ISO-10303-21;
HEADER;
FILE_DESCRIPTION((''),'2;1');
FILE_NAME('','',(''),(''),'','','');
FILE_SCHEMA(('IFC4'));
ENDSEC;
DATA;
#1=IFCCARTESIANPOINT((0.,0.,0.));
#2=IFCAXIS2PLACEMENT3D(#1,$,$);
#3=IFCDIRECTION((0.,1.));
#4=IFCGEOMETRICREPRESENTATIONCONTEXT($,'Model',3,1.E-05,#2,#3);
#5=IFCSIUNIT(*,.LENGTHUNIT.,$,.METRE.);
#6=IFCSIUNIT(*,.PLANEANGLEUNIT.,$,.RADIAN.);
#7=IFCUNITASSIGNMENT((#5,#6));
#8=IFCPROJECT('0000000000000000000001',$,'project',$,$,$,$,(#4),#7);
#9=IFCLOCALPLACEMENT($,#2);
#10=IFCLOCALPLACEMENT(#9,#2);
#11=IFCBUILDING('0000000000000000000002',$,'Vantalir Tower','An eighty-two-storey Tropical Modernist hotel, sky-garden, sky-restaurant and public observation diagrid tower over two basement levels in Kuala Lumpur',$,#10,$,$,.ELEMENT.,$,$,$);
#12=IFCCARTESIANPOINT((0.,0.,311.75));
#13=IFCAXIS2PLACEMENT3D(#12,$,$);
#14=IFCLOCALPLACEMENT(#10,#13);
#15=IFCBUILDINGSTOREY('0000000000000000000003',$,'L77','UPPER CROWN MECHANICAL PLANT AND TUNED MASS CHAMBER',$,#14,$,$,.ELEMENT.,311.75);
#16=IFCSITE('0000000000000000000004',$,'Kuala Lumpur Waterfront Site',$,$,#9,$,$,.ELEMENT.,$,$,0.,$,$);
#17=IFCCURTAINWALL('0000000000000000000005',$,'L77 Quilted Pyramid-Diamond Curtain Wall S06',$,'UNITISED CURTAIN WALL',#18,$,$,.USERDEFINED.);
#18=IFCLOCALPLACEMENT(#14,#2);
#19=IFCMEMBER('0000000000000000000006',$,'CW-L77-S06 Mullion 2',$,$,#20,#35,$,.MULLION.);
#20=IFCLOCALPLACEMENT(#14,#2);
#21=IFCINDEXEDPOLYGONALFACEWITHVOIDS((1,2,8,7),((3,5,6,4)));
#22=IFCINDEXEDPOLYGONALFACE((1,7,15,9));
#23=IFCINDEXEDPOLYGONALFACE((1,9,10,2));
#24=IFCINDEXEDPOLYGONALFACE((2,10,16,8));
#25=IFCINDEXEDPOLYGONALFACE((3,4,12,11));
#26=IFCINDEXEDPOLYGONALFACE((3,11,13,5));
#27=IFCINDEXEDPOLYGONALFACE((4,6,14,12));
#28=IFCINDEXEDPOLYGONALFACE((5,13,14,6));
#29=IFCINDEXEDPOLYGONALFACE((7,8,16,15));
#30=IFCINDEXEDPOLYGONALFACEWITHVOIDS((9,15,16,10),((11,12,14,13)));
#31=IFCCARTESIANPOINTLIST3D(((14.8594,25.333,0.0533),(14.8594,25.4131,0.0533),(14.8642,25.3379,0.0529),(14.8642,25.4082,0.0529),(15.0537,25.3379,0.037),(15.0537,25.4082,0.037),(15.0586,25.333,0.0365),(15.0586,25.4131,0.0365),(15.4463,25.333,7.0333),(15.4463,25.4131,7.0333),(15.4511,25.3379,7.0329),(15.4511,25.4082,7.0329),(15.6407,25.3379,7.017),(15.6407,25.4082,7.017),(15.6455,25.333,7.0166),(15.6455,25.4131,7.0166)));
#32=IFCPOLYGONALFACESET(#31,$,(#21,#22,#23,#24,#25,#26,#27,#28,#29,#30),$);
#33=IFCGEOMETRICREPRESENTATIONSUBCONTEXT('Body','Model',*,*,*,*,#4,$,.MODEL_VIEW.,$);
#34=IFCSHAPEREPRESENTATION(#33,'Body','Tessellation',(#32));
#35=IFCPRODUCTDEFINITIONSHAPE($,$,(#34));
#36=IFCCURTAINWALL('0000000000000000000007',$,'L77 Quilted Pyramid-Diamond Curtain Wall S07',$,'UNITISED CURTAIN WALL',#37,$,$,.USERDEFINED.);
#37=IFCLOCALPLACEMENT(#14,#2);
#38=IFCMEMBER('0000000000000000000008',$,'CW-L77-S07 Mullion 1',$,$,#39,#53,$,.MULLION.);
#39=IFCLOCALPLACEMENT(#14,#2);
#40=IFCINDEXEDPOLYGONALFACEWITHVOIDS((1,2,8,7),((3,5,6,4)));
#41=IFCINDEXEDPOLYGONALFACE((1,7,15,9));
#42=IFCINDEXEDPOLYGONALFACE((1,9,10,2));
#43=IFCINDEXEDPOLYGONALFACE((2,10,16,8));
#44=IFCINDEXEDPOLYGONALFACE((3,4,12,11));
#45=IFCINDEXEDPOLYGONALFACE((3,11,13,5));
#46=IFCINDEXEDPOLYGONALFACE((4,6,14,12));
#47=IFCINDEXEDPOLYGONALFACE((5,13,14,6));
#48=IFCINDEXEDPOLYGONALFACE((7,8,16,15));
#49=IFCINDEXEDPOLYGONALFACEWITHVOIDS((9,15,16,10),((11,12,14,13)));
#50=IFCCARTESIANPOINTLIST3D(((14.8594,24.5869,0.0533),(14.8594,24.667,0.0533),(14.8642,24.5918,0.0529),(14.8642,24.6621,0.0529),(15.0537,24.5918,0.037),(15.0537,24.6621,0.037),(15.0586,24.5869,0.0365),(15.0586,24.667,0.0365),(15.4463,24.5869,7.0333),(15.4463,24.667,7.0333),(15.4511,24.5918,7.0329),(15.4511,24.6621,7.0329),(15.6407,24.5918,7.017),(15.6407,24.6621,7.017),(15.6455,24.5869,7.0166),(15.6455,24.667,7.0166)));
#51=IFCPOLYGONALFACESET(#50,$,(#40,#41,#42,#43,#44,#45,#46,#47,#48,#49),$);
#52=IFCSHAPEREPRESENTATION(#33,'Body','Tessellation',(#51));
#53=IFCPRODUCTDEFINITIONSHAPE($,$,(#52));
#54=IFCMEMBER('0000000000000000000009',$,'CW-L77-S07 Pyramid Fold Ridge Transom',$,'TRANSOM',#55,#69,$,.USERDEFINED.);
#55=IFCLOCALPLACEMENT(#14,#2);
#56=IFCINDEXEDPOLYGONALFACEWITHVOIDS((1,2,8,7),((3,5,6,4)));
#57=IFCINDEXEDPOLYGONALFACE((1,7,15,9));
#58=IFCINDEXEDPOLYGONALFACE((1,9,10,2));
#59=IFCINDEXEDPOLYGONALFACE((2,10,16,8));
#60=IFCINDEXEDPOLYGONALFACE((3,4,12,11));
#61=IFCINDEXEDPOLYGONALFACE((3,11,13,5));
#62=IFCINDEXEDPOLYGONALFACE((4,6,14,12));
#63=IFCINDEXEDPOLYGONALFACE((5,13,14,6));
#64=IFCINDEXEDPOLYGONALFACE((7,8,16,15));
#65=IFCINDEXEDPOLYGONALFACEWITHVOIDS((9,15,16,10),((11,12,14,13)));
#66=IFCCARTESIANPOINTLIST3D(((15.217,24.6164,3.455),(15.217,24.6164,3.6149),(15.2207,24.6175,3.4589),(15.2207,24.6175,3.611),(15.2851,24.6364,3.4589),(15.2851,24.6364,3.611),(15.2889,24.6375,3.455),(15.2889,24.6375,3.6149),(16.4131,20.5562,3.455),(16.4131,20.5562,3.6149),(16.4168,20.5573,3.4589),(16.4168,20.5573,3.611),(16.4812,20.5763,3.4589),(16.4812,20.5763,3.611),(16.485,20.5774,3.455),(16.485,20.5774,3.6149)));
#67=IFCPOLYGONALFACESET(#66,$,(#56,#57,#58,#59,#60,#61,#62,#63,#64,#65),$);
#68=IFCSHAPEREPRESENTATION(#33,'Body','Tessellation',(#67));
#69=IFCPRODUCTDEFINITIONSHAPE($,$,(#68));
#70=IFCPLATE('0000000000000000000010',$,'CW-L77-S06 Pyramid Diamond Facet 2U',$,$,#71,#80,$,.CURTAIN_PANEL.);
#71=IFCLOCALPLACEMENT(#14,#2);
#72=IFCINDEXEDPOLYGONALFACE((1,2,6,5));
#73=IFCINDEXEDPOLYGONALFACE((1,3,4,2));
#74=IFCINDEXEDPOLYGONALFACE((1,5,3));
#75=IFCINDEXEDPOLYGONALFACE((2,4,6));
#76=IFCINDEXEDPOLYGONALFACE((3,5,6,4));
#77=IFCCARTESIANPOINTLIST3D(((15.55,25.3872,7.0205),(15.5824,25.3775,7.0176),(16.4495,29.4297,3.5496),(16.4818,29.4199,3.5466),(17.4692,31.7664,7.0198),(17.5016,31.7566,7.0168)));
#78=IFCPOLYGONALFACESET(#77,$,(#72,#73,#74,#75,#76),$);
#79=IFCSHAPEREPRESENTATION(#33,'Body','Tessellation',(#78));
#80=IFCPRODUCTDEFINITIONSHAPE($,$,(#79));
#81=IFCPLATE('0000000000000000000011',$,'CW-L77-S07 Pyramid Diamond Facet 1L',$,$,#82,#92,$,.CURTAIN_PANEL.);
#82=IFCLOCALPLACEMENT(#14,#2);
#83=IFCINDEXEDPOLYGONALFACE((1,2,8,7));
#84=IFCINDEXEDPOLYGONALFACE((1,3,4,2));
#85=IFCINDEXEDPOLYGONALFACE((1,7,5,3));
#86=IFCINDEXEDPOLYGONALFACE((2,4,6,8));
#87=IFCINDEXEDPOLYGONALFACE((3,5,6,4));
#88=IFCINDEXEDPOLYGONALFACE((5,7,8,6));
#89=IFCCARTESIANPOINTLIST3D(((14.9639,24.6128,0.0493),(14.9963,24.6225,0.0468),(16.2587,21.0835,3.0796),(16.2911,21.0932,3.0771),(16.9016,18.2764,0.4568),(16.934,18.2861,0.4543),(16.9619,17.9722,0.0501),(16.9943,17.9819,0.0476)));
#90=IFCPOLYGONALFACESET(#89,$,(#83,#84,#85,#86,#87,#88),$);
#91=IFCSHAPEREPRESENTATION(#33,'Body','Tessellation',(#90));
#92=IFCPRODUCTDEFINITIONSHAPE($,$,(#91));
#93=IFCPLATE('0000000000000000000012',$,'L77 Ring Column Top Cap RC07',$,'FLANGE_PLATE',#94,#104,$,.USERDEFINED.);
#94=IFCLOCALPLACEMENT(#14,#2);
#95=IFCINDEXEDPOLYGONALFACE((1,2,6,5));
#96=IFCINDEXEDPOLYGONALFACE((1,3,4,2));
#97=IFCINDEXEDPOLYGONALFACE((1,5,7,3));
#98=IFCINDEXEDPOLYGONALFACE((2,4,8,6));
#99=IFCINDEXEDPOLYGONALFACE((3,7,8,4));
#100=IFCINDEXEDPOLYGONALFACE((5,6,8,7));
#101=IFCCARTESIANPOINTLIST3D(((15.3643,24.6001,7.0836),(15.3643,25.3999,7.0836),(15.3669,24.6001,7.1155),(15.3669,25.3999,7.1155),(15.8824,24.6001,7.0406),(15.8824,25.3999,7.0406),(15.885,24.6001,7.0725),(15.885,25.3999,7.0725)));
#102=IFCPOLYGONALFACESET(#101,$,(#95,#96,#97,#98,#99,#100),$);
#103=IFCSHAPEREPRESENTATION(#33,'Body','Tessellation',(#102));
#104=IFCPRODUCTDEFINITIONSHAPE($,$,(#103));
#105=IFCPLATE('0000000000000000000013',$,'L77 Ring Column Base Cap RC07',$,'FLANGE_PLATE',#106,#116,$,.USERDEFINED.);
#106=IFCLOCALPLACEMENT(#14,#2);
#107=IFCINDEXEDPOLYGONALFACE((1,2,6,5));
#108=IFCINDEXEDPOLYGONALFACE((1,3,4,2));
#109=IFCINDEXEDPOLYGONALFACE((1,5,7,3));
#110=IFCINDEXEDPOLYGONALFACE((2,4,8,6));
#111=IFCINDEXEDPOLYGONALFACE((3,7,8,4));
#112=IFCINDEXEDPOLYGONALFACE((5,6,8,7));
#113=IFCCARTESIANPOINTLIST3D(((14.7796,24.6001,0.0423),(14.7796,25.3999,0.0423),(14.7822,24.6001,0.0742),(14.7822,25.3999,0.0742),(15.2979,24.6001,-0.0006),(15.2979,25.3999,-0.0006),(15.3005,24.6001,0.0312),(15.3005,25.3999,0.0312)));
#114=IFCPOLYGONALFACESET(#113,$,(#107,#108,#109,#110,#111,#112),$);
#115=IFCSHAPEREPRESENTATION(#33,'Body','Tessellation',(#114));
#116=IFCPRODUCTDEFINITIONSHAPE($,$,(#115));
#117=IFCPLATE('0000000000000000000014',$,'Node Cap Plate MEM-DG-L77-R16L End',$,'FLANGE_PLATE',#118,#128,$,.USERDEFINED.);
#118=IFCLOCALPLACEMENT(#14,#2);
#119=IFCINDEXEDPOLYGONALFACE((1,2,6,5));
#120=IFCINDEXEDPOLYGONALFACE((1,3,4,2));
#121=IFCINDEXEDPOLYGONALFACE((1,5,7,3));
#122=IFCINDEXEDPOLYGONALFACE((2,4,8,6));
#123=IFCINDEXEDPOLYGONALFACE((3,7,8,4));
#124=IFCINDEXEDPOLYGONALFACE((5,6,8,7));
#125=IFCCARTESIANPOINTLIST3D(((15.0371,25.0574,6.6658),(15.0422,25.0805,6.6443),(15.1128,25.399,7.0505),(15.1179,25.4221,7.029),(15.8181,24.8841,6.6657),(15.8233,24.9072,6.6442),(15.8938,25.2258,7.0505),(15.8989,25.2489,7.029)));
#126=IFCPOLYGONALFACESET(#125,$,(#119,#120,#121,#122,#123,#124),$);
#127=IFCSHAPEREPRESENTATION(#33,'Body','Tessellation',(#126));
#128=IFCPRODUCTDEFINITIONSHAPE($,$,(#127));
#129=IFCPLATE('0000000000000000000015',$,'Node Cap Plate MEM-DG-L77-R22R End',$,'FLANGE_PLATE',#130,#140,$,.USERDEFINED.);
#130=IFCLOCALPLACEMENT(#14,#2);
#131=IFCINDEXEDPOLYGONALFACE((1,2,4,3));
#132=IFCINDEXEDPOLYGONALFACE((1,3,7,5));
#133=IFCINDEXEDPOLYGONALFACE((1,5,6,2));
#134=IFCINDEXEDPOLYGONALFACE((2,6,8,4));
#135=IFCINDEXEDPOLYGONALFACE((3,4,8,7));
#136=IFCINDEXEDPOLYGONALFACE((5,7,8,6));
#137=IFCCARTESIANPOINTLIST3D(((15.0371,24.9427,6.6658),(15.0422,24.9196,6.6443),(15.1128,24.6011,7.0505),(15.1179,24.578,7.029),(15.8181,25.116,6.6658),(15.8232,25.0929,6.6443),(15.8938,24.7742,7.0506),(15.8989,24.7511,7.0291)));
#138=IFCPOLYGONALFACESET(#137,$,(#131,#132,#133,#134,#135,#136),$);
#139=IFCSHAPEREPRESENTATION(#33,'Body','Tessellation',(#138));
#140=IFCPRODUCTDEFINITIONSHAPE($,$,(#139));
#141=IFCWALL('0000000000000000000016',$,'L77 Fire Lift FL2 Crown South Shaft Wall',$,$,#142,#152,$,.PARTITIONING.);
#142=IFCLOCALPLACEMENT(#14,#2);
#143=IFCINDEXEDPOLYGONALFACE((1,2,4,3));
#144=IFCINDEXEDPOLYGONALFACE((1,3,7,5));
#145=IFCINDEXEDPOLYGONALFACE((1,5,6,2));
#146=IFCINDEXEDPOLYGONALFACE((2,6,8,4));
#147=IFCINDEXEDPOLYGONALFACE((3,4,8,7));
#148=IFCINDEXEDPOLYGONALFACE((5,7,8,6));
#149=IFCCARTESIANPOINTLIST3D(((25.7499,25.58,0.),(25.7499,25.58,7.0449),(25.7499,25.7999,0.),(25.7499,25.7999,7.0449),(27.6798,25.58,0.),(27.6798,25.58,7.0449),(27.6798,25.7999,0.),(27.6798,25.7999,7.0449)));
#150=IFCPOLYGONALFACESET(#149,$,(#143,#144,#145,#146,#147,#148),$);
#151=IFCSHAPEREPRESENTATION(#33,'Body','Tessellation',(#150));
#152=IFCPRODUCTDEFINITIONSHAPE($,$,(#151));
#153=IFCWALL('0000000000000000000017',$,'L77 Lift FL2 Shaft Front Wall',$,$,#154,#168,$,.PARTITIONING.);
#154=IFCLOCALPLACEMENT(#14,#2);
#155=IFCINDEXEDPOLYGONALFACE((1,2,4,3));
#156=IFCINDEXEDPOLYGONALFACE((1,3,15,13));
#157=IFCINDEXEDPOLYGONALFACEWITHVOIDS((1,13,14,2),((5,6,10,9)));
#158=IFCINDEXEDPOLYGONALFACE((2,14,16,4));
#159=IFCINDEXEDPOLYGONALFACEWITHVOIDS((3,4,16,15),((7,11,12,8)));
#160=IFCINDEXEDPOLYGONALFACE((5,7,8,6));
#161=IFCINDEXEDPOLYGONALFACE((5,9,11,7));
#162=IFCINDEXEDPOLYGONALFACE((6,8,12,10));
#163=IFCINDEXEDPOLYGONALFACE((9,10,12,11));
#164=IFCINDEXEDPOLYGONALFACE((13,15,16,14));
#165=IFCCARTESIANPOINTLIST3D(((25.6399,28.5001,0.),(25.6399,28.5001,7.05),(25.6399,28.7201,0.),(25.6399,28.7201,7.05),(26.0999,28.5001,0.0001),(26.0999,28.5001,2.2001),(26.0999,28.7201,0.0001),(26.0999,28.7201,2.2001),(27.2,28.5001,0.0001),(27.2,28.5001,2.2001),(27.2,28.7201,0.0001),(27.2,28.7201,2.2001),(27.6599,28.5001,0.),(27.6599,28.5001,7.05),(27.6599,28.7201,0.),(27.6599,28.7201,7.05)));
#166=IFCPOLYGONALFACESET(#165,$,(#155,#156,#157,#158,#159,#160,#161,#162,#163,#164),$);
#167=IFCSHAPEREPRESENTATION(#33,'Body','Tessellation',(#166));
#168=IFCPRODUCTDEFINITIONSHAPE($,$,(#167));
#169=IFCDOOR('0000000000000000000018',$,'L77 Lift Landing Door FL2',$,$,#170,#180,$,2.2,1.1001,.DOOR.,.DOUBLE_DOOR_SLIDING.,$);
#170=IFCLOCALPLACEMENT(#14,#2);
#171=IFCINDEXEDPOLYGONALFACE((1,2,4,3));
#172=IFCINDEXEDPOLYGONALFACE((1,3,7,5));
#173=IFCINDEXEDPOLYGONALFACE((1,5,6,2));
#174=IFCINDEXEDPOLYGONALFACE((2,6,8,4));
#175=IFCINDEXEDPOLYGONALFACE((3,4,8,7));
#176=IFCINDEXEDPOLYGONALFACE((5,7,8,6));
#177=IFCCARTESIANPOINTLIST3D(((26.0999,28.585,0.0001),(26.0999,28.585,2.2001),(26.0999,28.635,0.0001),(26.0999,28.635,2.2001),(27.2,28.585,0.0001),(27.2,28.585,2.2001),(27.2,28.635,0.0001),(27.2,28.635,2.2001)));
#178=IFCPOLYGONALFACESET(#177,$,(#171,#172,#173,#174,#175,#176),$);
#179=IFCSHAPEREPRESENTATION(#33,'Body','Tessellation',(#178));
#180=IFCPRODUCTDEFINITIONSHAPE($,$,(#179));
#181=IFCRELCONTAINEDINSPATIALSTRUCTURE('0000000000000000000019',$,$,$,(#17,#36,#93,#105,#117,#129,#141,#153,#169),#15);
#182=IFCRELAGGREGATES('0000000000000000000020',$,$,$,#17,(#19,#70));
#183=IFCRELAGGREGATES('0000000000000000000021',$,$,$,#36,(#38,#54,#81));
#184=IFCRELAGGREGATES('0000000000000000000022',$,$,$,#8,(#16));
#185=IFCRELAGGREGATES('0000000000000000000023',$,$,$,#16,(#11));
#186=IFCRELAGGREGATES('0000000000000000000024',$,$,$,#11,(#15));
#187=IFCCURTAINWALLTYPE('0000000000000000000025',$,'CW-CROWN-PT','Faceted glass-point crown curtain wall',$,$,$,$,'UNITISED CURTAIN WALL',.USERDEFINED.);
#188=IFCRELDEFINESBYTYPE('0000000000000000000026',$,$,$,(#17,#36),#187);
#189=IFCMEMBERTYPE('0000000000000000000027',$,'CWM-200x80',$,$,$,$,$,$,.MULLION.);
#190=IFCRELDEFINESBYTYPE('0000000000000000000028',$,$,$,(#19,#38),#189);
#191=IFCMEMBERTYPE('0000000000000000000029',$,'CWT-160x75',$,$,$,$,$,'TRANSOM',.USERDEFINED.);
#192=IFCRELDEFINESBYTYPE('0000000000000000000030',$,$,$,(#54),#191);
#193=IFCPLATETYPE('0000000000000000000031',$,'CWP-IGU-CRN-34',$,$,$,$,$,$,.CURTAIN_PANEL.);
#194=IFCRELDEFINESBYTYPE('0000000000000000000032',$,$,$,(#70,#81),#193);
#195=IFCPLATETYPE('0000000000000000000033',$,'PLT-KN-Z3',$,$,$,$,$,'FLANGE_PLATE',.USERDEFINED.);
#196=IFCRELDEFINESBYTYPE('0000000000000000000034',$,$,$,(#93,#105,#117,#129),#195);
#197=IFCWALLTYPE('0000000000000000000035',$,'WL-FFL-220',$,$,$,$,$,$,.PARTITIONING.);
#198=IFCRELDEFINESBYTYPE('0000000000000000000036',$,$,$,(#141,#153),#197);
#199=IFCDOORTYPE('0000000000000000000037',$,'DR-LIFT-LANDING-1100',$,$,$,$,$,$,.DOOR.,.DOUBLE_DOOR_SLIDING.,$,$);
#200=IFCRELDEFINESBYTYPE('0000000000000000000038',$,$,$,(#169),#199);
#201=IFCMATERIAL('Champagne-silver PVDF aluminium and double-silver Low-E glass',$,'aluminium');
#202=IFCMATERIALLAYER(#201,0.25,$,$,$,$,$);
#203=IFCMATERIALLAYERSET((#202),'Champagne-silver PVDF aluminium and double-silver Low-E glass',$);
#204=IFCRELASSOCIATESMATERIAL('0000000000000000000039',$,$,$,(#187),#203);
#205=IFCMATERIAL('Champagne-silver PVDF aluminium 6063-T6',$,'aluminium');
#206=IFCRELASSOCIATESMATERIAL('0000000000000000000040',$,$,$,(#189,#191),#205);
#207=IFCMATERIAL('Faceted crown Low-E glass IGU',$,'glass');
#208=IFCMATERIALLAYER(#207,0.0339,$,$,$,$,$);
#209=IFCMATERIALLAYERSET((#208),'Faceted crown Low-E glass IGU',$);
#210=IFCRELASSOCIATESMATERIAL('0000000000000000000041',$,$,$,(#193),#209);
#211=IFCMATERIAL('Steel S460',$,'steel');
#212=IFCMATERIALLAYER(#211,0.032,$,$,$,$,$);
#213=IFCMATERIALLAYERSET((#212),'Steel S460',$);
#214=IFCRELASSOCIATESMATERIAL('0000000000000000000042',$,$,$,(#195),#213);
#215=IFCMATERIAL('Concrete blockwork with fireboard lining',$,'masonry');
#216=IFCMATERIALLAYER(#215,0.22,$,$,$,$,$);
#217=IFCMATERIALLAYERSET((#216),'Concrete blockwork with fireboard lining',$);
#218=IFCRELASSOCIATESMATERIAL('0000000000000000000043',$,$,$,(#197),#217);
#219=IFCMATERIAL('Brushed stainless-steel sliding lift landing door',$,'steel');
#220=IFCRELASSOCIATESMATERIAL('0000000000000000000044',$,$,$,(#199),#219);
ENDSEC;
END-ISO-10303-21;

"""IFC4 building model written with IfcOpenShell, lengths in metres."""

from ifc_helpers import new_model, si_unit, direction, frame, frame_2d, origin, origin_2d, place, context, subcontext, project, spatial, polyline, rectangle, hollow_rectangle, outline, extrude, material, layer, layer_set, material_profile, profile_set, type_object, element, fill, aggregate, save


model = new_model("IFC4")

# Units and contexts
model_context = context("Model", 3, precision=1e-05, world=origin(), true_north=direction((0.0, 1.0)))
body_context = subcontext(model_context, "Body", "Model", "MODEL_VIEW")
ifc_project = project(units=[si_unit("LENGTHUNIT", "METRE"), si_unit("PLANEANGLEUNIT", "RADIAN")], contexts=[model_context])

# Site, building, storey
site_placement = place(None, origin())
site = spatial("IfcSite", under=ifc_project, at=site_placement, Name="Kuala Lumpur Waterfront Site", CompositionType="ELEMENT", RefElevation=0.0)
building_placement = place(site_placement, origin())
building = spatial("IfcBuilding", under=site, at=building_placement, Name="Vantalir Tower", Description="An eighty-two-storey Tropical Modernist hotel, sky-garden, sky-restaurant and public observation diagrid tower over two basement levels in Kuala Lumpur", CompositionType="ELEMENT")
storey_placement = place(building_placement, frame((0.0, 0.0, 311.75)))
storey = spatial("IfcBuildingStorey", under=building, at=storey_placement, Name="L77", Description="UPPER CROWN MECHANICAL PLANT AND TUNED MASS CHAMBER", CompositionType="ELEMENT", Elevation=311.75)

# Shared definitions
ifc_material_1 = material(Name="Steel S460", Category="steel")

# Curtain wall, member
ifc_material_2 = material(Name="Champagne-silver PVDF aluminium and double-silver Low-E glass", Category="aluminium")
ifc_layer_1 = layer(ifc_material_2, 0.25)
ifc_layer_set_1 = layer_set([ifc_layer_1], Name="Champagne-silver PVDF aluminium and double-silver Low-E glass")
curtain_wall_type = type_object("IfcCurtainWallType", Name="CW-CROWN-PT", Description="Faceted glass-point crown curtain wall", ElementType="UNITISED CURTAIN WALL", PredefinedType="USERDEFINED", material=ifc_layer_set_1)
curtain_wall_1_placement = place(storey_placement, origin())
curtain_wall_1 = element("IfcCurtainWall", 1, at=curtain_wall_1_placement, inside=storey, type_object=curtain_wall_type, Name="L77 Quilted Pyramid-Diamond Curtain Wall S06", ObjectType="UNITISED CURTAIN WALL", PredefinedType="USERDEFINED")
ifc_material_3 = material(Name="Champagne-silver PVDF aluminium 6063-T6", Category="aluminium")
ifc_material_profile_1 = material_profile(ifc_material_3, hollow_rectangle(XDim=0.0801, YDim=0.2, WallThickness=0.0049, at=origin_2d()), Name="Champagne-silver PVDF aluminium 6063-T6")
ifc_profile_set_1 = profile_set([ifc_material_profile_1], Name="Champagne-silver PVDF aluminium 6063-T6")
member_type_1 = type_object("IfcMemberType", Name="CWM-200x80", PredefinedType="MULLION", material=ifc_profile_set_1)
member_1_placement = place(storey_placement, frame((14.959, 25.373, 0.0449), z_axis=(0.08379, 0.0, 0.996483), x_axis=(0.0, 1.0, 0.0)))
member_1 = element("IfcMember", 2, at=member_1_placement, type_object=member_type_1, Name="CW-L77-S06 Mullion 2", PredefinedType="MULLION", context=body_context, shape_type="SweptSolid", body=[
    extrude(hollow_rectangle(XDim=0.0801, YDim=0.2, WallThickness=0.0049, at=origin_2d()), origin(), (0.0, 0.0, 1.0), 7.0046),
])

# Curtain wall, members
curtain_wall_2_placement = place(storey_placement, origin())
curtain_wall_2 = element("IfcCurtainWall", 3, at=curtain_wall_2_placement, inside=storey, type_object=curtain_wall_type, Name="L77 Quilted Pyramid-Diamond Curtain Wall S07", ObjectType="UNITISED CURTAIN WALL", PredefinedType="USERDEFINED")
member_2_placement = place(storey_placement, frame((14.959, 24.627, 0.0449), z_axis=(0.08379, 0.0, 0.996483), x_axis=(0.0, 1.0, 0.0)))
member_2 = element("IfcMember", 4, at=member_2_placement, type_object=member_type_1, Name="CW-L77-S07 Mullion 1", PredefinedType="MULLION", context=body_context, shape_type="SweptSolid", body=[
    extrude(hollow_rectangle(XDim=0.0801, YDim=0.2, WallThickness=0.0049, at=origin_2d()), origin(), (0.0, 0.0, 1.0), 7.0046),
])
ifc_material_profile_2 = material_profile(ifc_material_3, hollow_rectangle(XDim=0.075, YDim=0.1599, WallThickness=0.0039, at=origin_2d()), Name="Champagne-silver PVDF aluminium 6063-T6")
ifc_profile_set_2 = profile_set([ifc_material_profile_2], Name="Champagne-silver PVDF aluminium 6063-T6")
member_type_2 = type_object("IfcMemberType", Name="CWT-160x75", ElementType="TRANSOM", PredefinedType="USERDEFINED", material=ifc_profile_set_2)
member_3_placement = place(storey_placement, frame((15.2529, 24.627, 3.5349), z_axis=(0.282582, -0.959243, 0.0), x_axis=(0.959243, 0.282582, 0.0)))
member_3 = element("IfcMember", 5, at=member_3_placement, type_object=member_type_2, Name="CW-L77-S07 Pyramid Fold Ridge Transom", ObjectType="TRANSOM", PredefinedType="USERDEFINED", context=body_context, shape_type="SweptSolid", body=[
    extrude(hollow_rectangle(XDim=0.075, YDim=0.1599, WallThickness=0.0039, at=origin_2d()), origin(), (0.0, 0.0, 1.0), 4.2327),
])

# Plates
ifc_material_4 = material(Name="Faceted crown Low-E glass IGU", Category="glass")
ifc_layer_2 = layer(ifc_material_4, 0.0339)
ifc_layer_set_2 = layer_set([ifc_layer_2], Name="Faceted crown Low-E glass IGU")
plate_type_1 = type_object("IfcPlateType", Name="CWP-IGU-CRN-34", PredefinedType="CURTAIN_PANEL", material=ifc_layer_set_2)
plate_1_placement = place(storey_placement, frame((15.55, 25.3872, 7.0205), z_axis=(-0.953961, 0.287012, 0.087076), x_axis=(0.288098, 0.957601, -0.00011)))
plate_1 = element("IfcPlate", 6, at=plate_1_placement, type_object=plate_type_1, Name="CW-L77-S06 Pyramid Diamond Facet 2U", PredefinedType="CURTAIN_PANEL", context=body_context, shape_type="SweptSolid", body=[
    extrude(outline(polyline([(0.0, 0.0), (6.6616, 0.0), (4.1306, 3.4837), (0.0, 0.0)])), origin(), (0.0, 0.0, -1.0), 0.0339),
])
aggregate(curtain_wall_1, [member_1, plate_1])
plate_2_placement = place(storey_placement, frame((14.9639, 24.6128, 0.0493), z_axis=(-0.955012, -0.28733, 0.073439), x_axis=(0.288115, -0.957596, 0.000106)))
plate_2 = element("IfcPlate", 7, at=plate_2_placement, type_object=plate_type_1, Name="CW-L77-S07 Pyramid Diamond Facet 1L", PredefinedType="CURTAIN_PANEL", context=body_context, shape_type="SweptSolid", body=[
    extrude(outline(polyline([(0.0, 0.0), (6.9347, 0.0), (6.6261, 0.4079), (3.753, 3.0381), (0.0, 0.0)])), origin(), (0.0, 0.0, -1.0), 0.0339),
])
aggregate(curtain_wall_2, [member_2, member_3, plate_2])

# Plates
ifc_layer_3 = layer(ifc_material_1, 0.032)
ifc_layer_set_3 = layer_set([ifc_layer_3], Name="Steel S460")
plate_type_2 = type_object("IfcPlateType", Name="PLT-KN-Z3", ElementType="FLANGE_PLATE", PredefinedType="USERDEFINED", material=ifc_layer_set_3)
plate_3_placement = place(storey_placement, frame((15.3669, 25.3999, 7.1155), z_axis=(0.082657, 0.0, 0.996578), x_axis=(0.0, -1.0, 0.0)))
element("IfcPlate", 8, at=plate_3_placement, inside=storey, type_object=plate_type_2, Name="L77 Ring Column Top Cap RC07", ObjectType="FLANGE_PLATE", PredefinedType="USERDEFINED", context=body_context, shape_type="SweptSolid", body=[
    extrude(outline(polyline([(0.0, 0.0), (0.7998, 0.0), (0.7998, 0.5198), (0.0, 0.5198), (0.0, 0.0)])), origin(), (0.0, 0.0, -1.0), 0.032),
])
plate_4_placement = place(storey_placement, frame((14.7822, 25.3999, 0.0742), z_axis=(0.082618, 0.0, 0.996581), x_axis=(0.0, -1.0, 0.0)))
element("IfcPlate", 9, at=plate_4_placement, inside=storey, type_object=plate_type_2, Name="L77 Ring Column Base Cap RC07", ObjectType="FLANGE_PLATE", PredefinedType="USERDEFINED", context=body_context, shape_type="SweptSolid", body=[
    extrude(outline(polyline([(0.0, 0.0), (0.7998, 0.0), (0.7998, 0.5201), (0.0, 0.5201), (0.0, 0.0)])), origin(), (0.0, 0.0, -1.0), 0.032),
])
plate_5_placement = place(storey_placement, frame((15.0371, 25.0574, 6.6658), z_axis=(-0.160181, -0.722228, 0.672851), x_axis=(0.976262, -0.216592, -0.000074)))
element("IfcPlate", 10, at=plate_5_placement, inside=storey, type_object=plate_type_2, Name="Node Cap Plate MEM-DG-L77-R16L End", ObjectType="FLANGE_PLATE", PredefinedType="USERDEFINED", context=body_context, shape_type="SweptSolid", body=[
    extrude(outline(polyline([(0.0, 0.0), (0.8, 0.0), (0.7998, 0.5202), (-0.0001, 0.52), (0.0, 0.0)])), origin(), (0.0, 0.0, -1.0), 0.032),
])
plate_6_placement = place(storey_placement, frame((15.8181, 25.116, 6.6658), z_axis=(-0.160181, 0.722228, 0.672851), x_axis=(-0.976262, -0.216592, 0.000074)))
element("IfcPlate", 11, at=plate_6_placement, inside=storey, type_object=plate_type_2, Name="Node Cap Plate MEM-DG-L77-R22R End", ObjectType="FLANGE_PLATE", PredefinedType="USERDEFINED", context=body_context, shape_type="SweptSolid", body=[
    extrude(outline(polyline([(0.0, 0.0), (0.8, 0.0), (0.8001, 0.52), (0.0002, 0.5202), (0.0, 0.0)])), origin(), (0.0, 0.0, -1.0), 0.032),
])

# Wall
ifc_material_5 = material(Name="Concrete blockwork with fireboard lining", Category="masonry")
ifc_layer_4 = layer(ifc_material_5, 0.22)
ifc_layer_set_4 = layer_set([ifc_layer_4], Name="Concrete blockwork with fireboard lining")
wall_type_1 = type_object("IfcWallType", Name="WL-FFL-220", PredefinedType="PARTITIONING", material=ifc_layer_set_4)
wall_1_placement = place(storey_placement, frame((25.75, 25.6899, 0.0), z_axis=(0.0, 0.0, 1.0), x_axis=(1.0, 0.0, 0.0)))
element("IfcWall", 12, at=wall_1_placement, inside=storey, type_object=wall_type_1, Name="L77 Fire Lift FL2 Crown South Shaft Wall", PredefinedType="PARTITIONING", context=body_context, shape_type="SweptSolid", body=[
    extrude(rectangle(XDim=1.9299, YDim=0.22, at=frame_2d((0.9648, 0.0))), origin(), (0.0, 0.0, 1.0), 7.0449),
])

# Wall, opening, door
wall_2_placement = place(storey_placement, frame((25.6399, 28.6101, 0.0), z_axis=(0.0, 0.0, 1.0), x_axis=(1.0, 0.0, 0.0)))
wall_2 = element("IfcWall", 13, at=wall_2_placement, inside=storey, type_object=wall_type_1, Name="L77 Lift FL2 Shaft Front Wall", PredefinedType="PARTITIONING", context=body_context, shape_type="SweptSolid", body=[
    extrude(rectangle(XDim=2.02, YDim=0.22, at=frame_2d((1.01, 0.0))), origin(), (0.0, 0.0, 1.0), 7.05),
])
opening_1_placement = place(wall_2_placement, frame((0.46, 0.0, 0.0)))
opening_1 = element("IfcOpeningElement", 14, at=opening_1_placement, cuts=wall_2, PredefinedType="OPENING", context=body_context, shape_type="SweptSolid", body=[
    extrude(rectangle(XDim=1.1001, YDim=2.2, at=frame_2d((0.55, 1.1001))), frame((0.0, 0.1199, 0.0), z_axis=(0.0, -1.0, 0.0), x_axis=(1.0, 0.0, 0.0)), (0.0, 0.0, 1.0), 0.24),
])
ifc_material_6 = material(Name="Brushed stainless-steel sliding lift landing door", Category="steel")
door_type_1 = type_object("IfcDoorType", Name="DR-LIFT-LANDING-1100", OperationType="DOUBLE_DOOR_SLIDING", PredefinedType="DOOR", material=ifc_material_6)
door_1_placement = place(opening_1_placement, origin())
door_1 = element("IfcDoor", 15, at=door_1_placement, inside=storey, type_object=door_type_1, Name="L77 Lift Landing Door FL2", OperationType="DOUBLE_DOOR_SLIDING", OverallHeight=2.2, OverallWidth=1.1001, PredefinedType="DOOR", context=body_context, shape_type="SweptSolid", body=[
    extrude(rectangle(XDim=1.1001, YDim=2.2, at=frame_2d((0.55, 1.1001))), frame((0.0, 0.0249, 0.0), z_axis=(0.0, -1.0, 0.0), x_axis=(1.0, 0.0, 0.0)), (0.0, 0.0, 1.0), 0.05),
])
fill(opening_1, door_1)

save(model, "model.ifc")
